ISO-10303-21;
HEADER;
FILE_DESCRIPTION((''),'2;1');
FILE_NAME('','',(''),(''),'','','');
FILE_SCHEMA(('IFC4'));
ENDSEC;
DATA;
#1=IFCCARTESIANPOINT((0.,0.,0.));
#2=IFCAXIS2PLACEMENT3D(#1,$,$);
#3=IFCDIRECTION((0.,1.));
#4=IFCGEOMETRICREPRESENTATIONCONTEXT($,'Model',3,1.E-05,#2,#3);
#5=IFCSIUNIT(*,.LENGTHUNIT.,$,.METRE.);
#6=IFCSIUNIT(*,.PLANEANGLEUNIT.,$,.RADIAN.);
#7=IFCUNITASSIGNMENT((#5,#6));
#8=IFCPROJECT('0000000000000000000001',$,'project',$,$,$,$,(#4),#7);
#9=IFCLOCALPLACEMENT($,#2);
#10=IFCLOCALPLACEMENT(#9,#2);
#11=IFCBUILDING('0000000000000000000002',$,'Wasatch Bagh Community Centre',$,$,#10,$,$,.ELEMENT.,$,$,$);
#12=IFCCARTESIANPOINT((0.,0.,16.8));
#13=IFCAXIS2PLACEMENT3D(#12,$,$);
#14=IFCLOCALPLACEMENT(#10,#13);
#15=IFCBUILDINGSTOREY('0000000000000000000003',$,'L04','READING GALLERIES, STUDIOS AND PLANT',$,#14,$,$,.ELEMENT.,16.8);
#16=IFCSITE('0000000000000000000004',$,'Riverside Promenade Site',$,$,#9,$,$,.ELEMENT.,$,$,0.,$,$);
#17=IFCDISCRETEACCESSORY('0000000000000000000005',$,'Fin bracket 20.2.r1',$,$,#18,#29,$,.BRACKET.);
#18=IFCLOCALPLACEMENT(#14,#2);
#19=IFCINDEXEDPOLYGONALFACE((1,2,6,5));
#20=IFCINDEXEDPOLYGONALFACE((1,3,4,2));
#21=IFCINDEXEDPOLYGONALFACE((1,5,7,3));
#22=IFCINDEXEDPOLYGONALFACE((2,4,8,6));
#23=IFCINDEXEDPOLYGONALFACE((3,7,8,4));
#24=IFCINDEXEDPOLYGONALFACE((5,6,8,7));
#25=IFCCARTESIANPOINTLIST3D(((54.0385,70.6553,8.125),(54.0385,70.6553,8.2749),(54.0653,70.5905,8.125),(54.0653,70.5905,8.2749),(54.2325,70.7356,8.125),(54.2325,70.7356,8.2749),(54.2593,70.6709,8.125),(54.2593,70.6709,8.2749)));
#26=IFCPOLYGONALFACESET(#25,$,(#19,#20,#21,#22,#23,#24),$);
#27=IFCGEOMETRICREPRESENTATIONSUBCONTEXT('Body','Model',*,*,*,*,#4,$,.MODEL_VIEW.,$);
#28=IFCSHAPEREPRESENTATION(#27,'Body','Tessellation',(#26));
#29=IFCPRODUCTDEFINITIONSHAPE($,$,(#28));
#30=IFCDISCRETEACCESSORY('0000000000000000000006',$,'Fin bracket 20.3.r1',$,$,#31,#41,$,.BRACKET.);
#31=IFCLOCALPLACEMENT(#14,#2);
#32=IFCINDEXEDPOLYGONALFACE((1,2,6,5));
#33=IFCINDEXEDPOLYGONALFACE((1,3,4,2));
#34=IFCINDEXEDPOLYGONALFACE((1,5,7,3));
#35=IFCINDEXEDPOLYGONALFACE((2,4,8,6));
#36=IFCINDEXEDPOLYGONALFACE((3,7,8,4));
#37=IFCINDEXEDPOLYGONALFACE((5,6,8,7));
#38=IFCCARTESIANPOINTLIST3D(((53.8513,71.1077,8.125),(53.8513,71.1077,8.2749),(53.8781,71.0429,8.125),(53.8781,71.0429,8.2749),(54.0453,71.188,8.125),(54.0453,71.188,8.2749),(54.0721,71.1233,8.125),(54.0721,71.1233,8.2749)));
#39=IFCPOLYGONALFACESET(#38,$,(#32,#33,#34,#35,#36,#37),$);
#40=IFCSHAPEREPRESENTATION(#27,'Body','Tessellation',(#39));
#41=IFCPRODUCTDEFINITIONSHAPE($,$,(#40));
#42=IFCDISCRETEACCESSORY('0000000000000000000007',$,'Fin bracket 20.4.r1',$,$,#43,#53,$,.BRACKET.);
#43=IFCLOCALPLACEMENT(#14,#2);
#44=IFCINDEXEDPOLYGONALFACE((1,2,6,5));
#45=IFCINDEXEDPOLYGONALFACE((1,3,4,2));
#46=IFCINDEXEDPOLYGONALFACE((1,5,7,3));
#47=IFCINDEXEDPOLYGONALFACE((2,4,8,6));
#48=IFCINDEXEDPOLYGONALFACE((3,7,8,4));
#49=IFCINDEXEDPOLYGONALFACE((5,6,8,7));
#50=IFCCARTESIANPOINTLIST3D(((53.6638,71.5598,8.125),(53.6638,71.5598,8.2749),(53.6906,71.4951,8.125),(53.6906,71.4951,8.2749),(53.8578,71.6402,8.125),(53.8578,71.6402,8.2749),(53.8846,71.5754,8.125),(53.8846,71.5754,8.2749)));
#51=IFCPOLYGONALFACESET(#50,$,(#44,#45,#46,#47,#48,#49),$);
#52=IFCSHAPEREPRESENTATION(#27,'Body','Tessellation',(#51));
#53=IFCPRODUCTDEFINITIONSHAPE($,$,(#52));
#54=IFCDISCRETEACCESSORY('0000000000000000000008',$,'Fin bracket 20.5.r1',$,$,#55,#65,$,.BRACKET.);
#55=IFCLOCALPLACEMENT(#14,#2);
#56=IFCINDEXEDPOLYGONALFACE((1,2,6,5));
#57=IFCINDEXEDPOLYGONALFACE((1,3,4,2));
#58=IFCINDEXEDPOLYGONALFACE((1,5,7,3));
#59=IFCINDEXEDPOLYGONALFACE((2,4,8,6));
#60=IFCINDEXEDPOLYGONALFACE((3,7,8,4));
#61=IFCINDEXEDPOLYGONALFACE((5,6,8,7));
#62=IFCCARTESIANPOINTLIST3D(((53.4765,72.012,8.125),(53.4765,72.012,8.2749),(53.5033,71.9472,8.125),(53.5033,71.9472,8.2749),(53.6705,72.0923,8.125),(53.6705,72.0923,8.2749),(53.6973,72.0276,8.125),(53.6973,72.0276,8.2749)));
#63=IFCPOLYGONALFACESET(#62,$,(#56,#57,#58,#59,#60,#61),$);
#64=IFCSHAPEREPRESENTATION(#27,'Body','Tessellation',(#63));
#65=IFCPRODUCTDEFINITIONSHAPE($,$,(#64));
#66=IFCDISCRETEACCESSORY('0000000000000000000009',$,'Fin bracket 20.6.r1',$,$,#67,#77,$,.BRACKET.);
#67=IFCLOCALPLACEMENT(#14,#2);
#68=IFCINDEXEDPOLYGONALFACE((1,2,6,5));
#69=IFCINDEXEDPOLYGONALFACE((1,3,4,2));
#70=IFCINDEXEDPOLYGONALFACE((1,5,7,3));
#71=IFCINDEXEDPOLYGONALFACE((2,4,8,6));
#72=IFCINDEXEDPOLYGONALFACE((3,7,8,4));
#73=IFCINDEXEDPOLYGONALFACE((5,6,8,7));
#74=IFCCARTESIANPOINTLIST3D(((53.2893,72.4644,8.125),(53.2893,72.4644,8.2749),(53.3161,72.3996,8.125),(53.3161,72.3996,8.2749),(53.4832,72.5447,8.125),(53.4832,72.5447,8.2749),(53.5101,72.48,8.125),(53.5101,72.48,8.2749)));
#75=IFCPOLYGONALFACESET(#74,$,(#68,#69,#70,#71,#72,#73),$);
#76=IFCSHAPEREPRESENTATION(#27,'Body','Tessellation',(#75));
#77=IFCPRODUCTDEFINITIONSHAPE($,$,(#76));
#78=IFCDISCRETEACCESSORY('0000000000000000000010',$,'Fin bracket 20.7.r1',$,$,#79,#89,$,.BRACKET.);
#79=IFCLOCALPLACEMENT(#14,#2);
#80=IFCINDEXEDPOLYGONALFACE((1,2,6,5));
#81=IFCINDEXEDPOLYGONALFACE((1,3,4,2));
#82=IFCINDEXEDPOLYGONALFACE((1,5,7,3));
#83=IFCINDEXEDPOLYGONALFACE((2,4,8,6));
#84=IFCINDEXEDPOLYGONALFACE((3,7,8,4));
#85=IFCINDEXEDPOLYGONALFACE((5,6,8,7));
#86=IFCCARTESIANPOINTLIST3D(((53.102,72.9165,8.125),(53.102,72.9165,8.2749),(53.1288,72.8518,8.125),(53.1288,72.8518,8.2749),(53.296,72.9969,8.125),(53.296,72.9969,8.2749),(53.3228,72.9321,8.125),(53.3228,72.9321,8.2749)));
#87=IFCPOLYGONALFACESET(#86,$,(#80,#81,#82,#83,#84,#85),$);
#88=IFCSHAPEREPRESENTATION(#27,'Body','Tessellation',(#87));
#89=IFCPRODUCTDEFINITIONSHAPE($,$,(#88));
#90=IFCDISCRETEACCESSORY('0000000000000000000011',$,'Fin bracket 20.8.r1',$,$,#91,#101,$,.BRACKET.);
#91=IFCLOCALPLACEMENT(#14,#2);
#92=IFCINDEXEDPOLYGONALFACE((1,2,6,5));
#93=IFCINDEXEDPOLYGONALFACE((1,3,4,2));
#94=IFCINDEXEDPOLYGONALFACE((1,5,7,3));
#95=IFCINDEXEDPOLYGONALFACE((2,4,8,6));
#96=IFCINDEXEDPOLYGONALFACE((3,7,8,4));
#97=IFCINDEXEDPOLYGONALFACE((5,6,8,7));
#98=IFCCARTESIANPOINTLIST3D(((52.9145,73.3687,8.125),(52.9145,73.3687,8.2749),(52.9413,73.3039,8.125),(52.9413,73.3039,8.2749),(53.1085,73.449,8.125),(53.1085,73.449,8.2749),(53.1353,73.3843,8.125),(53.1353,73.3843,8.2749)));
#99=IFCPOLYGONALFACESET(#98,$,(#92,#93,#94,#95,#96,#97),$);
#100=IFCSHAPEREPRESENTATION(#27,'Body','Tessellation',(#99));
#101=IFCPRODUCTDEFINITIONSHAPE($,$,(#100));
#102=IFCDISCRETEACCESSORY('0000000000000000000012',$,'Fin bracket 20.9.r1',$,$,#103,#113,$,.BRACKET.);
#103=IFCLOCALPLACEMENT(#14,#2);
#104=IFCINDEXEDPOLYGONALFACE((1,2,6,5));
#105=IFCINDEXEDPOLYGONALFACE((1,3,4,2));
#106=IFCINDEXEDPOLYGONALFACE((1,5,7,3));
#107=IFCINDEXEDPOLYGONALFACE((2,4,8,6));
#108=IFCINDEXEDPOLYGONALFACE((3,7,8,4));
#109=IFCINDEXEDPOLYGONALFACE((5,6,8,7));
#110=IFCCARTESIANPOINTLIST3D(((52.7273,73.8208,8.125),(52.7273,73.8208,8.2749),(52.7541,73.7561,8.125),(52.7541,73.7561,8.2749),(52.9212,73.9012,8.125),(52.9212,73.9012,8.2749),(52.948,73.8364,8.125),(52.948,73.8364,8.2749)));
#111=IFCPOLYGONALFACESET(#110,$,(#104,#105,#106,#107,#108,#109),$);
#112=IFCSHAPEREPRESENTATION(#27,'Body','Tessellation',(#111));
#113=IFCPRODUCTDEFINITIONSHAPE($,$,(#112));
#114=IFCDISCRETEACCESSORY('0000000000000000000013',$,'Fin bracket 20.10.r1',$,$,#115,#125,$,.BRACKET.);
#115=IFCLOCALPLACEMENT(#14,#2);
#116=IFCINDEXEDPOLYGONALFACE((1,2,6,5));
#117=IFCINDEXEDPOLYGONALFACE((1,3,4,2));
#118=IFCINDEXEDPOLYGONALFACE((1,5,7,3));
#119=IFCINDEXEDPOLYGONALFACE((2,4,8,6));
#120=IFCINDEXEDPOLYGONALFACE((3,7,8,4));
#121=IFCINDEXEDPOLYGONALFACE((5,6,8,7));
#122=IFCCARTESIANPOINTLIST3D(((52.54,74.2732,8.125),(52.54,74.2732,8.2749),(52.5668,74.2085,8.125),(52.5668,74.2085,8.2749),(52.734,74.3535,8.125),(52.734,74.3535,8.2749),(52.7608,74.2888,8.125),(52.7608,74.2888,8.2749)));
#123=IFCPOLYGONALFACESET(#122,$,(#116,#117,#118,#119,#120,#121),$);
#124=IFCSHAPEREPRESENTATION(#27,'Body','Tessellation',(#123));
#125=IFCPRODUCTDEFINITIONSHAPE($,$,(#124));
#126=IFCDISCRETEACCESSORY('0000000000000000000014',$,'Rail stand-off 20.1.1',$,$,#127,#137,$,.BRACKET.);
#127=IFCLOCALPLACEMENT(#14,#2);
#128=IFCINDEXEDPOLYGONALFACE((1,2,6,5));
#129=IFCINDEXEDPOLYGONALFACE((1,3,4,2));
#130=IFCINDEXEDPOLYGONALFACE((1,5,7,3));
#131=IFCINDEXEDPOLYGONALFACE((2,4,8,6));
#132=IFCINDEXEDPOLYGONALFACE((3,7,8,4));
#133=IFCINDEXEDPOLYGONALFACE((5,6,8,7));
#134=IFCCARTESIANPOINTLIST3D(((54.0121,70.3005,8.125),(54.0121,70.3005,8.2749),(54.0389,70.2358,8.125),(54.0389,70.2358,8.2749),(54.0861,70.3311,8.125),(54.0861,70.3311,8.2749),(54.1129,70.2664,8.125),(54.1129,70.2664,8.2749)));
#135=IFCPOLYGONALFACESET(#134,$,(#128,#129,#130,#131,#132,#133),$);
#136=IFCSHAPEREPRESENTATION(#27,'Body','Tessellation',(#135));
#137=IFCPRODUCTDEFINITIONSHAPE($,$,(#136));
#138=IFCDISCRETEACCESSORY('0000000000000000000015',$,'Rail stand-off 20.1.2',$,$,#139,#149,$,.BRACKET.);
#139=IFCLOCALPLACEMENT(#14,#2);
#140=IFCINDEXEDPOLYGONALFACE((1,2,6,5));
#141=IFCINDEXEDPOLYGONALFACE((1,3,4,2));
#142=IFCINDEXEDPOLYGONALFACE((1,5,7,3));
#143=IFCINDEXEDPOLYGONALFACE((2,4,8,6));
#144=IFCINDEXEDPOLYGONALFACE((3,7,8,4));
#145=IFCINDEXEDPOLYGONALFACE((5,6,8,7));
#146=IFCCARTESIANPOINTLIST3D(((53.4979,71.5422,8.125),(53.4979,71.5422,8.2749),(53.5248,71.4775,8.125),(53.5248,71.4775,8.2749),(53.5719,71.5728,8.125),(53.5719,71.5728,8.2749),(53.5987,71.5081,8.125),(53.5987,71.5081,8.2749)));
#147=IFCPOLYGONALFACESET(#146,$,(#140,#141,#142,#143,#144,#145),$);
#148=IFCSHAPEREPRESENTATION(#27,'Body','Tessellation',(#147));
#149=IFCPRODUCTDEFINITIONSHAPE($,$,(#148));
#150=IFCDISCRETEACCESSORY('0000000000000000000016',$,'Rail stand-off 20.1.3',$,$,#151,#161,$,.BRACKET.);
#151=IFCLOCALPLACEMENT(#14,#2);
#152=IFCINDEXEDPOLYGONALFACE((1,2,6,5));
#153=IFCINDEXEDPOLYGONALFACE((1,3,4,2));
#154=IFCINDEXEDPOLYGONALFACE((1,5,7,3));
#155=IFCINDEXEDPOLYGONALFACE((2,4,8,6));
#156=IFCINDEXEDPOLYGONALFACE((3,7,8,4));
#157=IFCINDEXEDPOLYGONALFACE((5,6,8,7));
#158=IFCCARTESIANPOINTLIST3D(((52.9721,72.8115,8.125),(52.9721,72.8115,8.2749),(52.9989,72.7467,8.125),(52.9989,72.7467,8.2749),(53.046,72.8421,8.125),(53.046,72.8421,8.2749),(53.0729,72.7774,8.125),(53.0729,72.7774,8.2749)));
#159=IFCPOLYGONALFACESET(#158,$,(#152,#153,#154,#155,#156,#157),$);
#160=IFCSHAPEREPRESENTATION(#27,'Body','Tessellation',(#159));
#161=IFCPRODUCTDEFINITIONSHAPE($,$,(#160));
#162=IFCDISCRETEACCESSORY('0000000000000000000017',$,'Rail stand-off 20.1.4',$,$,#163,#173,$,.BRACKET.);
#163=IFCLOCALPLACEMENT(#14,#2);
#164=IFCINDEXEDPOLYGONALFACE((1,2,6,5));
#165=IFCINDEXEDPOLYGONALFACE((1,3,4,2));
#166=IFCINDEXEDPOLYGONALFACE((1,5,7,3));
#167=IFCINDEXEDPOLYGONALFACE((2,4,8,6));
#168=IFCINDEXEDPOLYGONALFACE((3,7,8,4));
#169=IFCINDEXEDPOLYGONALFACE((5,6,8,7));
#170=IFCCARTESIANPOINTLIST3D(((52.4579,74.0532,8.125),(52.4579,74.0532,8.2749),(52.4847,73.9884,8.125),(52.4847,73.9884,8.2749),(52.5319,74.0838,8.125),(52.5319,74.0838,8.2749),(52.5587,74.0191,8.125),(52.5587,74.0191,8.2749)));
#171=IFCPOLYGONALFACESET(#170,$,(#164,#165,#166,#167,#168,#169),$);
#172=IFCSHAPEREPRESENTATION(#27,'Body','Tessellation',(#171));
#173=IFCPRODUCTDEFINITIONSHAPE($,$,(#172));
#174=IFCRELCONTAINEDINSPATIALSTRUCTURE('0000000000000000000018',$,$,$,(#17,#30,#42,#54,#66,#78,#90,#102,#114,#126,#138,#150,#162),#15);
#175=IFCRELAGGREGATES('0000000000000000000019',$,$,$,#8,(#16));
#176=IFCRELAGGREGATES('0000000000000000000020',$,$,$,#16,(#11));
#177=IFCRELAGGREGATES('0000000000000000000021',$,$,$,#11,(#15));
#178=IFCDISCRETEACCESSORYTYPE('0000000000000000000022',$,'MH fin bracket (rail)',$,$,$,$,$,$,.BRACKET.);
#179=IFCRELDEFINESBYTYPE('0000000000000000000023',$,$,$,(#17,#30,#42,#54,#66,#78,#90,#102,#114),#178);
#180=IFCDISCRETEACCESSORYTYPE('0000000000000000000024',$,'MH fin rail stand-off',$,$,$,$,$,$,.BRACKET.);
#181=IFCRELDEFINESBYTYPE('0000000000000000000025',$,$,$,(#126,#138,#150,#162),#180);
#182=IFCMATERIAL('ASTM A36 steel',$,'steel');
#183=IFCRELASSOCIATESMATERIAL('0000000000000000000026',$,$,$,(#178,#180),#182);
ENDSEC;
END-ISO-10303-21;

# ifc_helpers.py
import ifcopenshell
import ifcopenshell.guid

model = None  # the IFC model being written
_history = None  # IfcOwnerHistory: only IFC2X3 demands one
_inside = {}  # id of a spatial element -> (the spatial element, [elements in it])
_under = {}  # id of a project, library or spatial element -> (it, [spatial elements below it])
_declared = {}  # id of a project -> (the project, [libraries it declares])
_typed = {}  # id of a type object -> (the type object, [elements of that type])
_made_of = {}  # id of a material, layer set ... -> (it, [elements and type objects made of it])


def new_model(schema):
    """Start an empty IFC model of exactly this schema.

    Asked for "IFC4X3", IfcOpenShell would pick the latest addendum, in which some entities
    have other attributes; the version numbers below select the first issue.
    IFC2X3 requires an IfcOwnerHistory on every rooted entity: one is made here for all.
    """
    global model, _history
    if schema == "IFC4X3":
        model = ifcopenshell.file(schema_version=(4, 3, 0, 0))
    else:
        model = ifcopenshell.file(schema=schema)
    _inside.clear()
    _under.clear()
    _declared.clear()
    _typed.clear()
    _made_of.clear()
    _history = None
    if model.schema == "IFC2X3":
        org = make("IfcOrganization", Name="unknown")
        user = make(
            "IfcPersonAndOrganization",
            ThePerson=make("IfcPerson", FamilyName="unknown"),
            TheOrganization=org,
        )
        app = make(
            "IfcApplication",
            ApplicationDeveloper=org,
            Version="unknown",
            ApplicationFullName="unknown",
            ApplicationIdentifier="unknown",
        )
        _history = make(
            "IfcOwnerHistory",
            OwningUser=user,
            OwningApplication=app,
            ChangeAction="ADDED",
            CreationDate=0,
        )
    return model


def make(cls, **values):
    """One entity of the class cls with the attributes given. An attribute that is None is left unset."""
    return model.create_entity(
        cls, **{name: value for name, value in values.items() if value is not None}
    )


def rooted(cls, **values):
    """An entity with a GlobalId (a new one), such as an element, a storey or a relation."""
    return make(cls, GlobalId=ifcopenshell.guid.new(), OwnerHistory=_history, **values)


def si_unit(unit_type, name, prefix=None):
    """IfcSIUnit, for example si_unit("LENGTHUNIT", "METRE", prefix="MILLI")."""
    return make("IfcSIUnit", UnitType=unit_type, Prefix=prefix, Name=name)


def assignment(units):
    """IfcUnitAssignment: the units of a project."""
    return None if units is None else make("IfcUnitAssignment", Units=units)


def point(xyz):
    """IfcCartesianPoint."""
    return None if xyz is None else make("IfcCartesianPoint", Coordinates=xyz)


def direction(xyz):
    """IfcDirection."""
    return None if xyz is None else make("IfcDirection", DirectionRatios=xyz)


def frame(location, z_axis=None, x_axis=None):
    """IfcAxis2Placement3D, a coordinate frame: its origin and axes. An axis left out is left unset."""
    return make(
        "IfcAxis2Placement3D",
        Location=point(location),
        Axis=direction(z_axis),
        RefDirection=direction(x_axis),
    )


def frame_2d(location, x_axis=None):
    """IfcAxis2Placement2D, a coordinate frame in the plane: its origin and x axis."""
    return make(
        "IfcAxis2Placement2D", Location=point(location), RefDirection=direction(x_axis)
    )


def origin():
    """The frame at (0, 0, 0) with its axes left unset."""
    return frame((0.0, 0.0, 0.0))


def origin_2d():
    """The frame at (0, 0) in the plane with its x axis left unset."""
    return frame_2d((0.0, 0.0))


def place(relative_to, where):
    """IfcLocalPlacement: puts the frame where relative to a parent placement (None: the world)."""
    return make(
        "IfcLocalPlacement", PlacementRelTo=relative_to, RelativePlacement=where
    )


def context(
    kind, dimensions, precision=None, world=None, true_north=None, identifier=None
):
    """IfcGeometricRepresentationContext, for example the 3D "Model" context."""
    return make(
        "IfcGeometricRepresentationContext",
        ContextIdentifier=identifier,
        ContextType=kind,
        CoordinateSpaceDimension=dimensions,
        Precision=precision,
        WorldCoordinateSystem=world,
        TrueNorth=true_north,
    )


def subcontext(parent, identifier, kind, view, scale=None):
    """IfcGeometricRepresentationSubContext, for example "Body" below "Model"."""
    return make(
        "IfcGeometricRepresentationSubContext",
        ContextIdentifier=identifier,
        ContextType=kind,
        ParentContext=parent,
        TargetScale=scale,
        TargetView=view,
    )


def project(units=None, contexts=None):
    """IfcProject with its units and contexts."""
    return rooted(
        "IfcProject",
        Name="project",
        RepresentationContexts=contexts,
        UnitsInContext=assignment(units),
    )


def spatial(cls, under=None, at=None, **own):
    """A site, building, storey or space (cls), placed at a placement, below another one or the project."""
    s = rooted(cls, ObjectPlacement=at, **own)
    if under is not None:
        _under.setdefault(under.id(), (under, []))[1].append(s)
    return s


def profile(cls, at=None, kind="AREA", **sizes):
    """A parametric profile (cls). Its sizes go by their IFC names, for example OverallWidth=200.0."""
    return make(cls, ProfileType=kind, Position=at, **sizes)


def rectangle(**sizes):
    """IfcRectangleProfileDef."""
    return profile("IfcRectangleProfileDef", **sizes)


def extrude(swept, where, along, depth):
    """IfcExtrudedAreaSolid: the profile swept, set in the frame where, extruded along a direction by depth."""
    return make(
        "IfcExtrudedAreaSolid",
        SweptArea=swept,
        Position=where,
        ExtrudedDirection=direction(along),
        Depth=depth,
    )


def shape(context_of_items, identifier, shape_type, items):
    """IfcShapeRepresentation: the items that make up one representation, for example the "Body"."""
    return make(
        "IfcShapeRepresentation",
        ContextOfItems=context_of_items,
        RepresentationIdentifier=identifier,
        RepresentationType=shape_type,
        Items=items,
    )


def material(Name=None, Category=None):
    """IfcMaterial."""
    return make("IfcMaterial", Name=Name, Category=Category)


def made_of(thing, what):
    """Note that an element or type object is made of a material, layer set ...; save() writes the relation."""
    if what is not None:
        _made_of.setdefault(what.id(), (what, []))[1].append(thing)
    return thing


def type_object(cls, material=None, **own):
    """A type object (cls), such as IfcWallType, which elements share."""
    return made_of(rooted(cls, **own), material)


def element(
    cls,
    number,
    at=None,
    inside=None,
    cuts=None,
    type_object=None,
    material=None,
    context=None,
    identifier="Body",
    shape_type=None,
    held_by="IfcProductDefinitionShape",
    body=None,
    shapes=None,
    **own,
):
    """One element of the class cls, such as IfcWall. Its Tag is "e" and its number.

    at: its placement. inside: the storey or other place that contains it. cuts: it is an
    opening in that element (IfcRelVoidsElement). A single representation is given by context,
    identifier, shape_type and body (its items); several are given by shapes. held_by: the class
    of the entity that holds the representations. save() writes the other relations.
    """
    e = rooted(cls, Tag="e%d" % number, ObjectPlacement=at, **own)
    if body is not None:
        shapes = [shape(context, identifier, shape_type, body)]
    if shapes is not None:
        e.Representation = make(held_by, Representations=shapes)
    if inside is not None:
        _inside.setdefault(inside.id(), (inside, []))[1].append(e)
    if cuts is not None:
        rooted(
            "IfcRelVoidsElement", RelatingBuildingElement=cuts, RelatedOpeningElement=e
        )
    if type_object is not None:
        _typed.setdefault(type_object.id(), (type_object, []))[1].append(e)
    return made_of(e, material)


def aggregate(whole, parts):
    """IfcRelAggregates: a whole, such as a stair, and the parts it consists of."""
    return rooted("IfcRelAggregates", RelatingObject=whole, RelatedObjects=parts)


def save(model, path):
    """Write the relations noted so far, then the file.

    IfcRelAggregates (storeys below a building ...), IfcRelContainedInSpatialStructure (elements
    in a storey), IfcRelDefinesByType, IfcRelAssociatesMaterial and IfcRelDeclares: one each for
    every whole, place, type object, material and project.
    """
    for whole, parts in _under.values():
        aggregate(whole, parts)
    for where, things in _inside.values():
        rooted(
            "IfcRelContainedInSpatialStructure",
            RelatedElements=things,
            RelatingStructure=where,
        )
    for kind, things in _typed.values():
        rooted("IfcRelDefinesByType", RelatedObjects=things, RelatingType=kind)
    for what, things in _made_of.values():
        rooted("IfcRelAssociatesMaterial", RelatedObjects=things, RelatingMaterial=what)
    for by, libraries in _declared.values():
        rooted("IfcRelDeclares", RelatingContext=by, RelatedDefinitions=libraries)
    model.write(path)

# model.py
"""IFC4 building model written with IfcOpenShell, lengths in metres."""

from ifc_helpers import new_model, si_unit, direction, frame, origin, origin_2d, place, context, subcontext, project, spatial, rectangle, extrude, material, type_object, element, save


model = new_model("IFC4")

# Units and contexts
model_context = context("Model", 3, precision=1e-05, world=origin(), true_north=direction((0.0, 1.0)))
body_context = subcontext(model_context, "Body", "Model", "MODEL_VIEW")
ifc_project = project(units=[si_unit("LENGTHUNIT", "METRE"), si_unit("PLANEANGLEUNIT", "RADIAN")], contexts=[model_context])

# Site, building, storey
site_placement = place(None, origin())
site = spatial("IfcSite", under=ifc_project, at=site_placement, Name="Riverside Promenade Site", CompositionType="ELEMENT", RefElevation=0.0)
building_placement = place(site_placement, origin())
building = spatial("IfcBuilding", under=site, at=building_placement, Name="Wasatch Bagh Community Centre", CompositionType="ELEMENT")
storey_placement = place(building_placement, frame((0.0, 0.0, 16.8)))
storey = spatial("IfcBuildingStorey", under=building, at=storey_placement, Name="L04", Description="READING GALLERIES, STUDIOS AND PLANT", CompositionType="ELEMENT", Elevation=16.8)

# Discrete accessories
ifc_material_1 = material(Name="ASTM A36 steel", Category="steel")
discrete_accessory_type_1 = type_object("IfcDiscreteAccessoryType", Name="MH fin bracket (rail)", PredefinedType="BRACKET", material=ifc_material_1)
for number, where, z_axis, x_axis, name in (
    (1, (54.1489, 70.6631, 8.125), (0.0, 0.0, 1.0), (-0.382683, 0.92388, 0.0), "Fin bracket 20.2.r1"),
    (2, (53.9617, 71.1155, 8.125), (0.0, 0.0, 1.0), (-0.382683, 0.92388, 0.0), "Fin bracket 20.3.r1"),
    (3, (53.7742, 71.5676, 8.125), (0.0, 0.0, 1.0), (-0.382683, 0.92388, 0.0), "Fin bracket 20.4.r1"),
    (4, (53.5869, 72.0198, 8.125), (0.0, 0.0, 1.0), (-0.382683, 0.92388, 0.0), "Fin bracket 20.5.r1"),
    (5, (53.3997, 72.4722, 8.125), (0.0, 0.0, 1.0), (-0.382683, 0.92388, 0.0), "Fin bracket 20.6.r1"),
    (6, (53.2124, 72.9243, 8.125), (0.0, 0.0, 1.0), (-0.382683, 0.92388, 0.0), "Fin bracket 20.7.r1"),
    (7, (53.0249, 73.3765, 8.125), (0.0, 0.0, 1.0), (-0.382683, 0.92388, 0.0), "Fin bracket 20.8.r1"),
    (8, (52.8376, 73.8286, 8.125), (0.0, 0.0, 1.0), (-0.382683, 0.92388, 0.0), "Fin bracket 20.9.r1"),
    (9, (52.6504, 74.281, 8.125), (0.0, 0.0, 1.0), (-0.382683, 0.92388, 0.0), "Fin bracket 20.10.r1"),
):
    element("IfcDiscreteAccessory", number, at=place(storey_placement, frame(where, z_axis=z_axis, x_axis=x_axis)), inside=storey, type_object=discrete_accessory_type_1, Name=name, PredefinedType="BRACKET", context=body_context, shape_type="SweptSolid", body=[
        extrude(rectangle(XDim=0.0701, YDim=0.21, at=origin_2d()), origin(), (0.0, 0.0, 1.0), 0.1499),
    ])
discrete_accessory_type_2 = type_object("IfcDiscreteAccessoryType", Name="MH fin rail stand-off", PredefinedType="BRACKET", material=ifc_material_1)
for number, where, z_axis, x_axis, name in (
    (10, (54.0625, 70.2834, 8.125), (0.0, 0.0, 1.0), (-0.382683, 0.92388, 0.0), "Rail stand-off 20.1.1"),
    (11, (53.5483, 71.5251, 8.125), (0.0, 0.0, 1.0), (-0.382683, 0.92388, 0.0), "Rail stand-off 20.1.2"),
    (12, (53.0225, 72.7944, 8.125), (0.0, 0.0, 1.0), (-0.382683, 0.92388, 0.0), "Rail stand-off 20.1.3"),
    (13, (52.5083, 74.0361, 8.125), (0.0, 0.0, 1.0), (-0.382683, 0.92388, 0.0), "Rail stand-off 20.1.4"),
):
    element("IfcDiscreteAccessory", number, at=place(storey_placement, frame(where, z_axis=z_axis, x_axis=x_axis)), inside=storey, type_object=discrete_accessory_type_2, Name=name, PredefinedType="BRACKET", context=body_context, shape_type="SweptSolid", body=[
        extrude(rectangle(XDim=0.0701, YDim=0.0801, at=origin_2d()), origin(), (0.0, 0.0, 1.0), 0.1499),
    ])

save(model, "model.ifc")
